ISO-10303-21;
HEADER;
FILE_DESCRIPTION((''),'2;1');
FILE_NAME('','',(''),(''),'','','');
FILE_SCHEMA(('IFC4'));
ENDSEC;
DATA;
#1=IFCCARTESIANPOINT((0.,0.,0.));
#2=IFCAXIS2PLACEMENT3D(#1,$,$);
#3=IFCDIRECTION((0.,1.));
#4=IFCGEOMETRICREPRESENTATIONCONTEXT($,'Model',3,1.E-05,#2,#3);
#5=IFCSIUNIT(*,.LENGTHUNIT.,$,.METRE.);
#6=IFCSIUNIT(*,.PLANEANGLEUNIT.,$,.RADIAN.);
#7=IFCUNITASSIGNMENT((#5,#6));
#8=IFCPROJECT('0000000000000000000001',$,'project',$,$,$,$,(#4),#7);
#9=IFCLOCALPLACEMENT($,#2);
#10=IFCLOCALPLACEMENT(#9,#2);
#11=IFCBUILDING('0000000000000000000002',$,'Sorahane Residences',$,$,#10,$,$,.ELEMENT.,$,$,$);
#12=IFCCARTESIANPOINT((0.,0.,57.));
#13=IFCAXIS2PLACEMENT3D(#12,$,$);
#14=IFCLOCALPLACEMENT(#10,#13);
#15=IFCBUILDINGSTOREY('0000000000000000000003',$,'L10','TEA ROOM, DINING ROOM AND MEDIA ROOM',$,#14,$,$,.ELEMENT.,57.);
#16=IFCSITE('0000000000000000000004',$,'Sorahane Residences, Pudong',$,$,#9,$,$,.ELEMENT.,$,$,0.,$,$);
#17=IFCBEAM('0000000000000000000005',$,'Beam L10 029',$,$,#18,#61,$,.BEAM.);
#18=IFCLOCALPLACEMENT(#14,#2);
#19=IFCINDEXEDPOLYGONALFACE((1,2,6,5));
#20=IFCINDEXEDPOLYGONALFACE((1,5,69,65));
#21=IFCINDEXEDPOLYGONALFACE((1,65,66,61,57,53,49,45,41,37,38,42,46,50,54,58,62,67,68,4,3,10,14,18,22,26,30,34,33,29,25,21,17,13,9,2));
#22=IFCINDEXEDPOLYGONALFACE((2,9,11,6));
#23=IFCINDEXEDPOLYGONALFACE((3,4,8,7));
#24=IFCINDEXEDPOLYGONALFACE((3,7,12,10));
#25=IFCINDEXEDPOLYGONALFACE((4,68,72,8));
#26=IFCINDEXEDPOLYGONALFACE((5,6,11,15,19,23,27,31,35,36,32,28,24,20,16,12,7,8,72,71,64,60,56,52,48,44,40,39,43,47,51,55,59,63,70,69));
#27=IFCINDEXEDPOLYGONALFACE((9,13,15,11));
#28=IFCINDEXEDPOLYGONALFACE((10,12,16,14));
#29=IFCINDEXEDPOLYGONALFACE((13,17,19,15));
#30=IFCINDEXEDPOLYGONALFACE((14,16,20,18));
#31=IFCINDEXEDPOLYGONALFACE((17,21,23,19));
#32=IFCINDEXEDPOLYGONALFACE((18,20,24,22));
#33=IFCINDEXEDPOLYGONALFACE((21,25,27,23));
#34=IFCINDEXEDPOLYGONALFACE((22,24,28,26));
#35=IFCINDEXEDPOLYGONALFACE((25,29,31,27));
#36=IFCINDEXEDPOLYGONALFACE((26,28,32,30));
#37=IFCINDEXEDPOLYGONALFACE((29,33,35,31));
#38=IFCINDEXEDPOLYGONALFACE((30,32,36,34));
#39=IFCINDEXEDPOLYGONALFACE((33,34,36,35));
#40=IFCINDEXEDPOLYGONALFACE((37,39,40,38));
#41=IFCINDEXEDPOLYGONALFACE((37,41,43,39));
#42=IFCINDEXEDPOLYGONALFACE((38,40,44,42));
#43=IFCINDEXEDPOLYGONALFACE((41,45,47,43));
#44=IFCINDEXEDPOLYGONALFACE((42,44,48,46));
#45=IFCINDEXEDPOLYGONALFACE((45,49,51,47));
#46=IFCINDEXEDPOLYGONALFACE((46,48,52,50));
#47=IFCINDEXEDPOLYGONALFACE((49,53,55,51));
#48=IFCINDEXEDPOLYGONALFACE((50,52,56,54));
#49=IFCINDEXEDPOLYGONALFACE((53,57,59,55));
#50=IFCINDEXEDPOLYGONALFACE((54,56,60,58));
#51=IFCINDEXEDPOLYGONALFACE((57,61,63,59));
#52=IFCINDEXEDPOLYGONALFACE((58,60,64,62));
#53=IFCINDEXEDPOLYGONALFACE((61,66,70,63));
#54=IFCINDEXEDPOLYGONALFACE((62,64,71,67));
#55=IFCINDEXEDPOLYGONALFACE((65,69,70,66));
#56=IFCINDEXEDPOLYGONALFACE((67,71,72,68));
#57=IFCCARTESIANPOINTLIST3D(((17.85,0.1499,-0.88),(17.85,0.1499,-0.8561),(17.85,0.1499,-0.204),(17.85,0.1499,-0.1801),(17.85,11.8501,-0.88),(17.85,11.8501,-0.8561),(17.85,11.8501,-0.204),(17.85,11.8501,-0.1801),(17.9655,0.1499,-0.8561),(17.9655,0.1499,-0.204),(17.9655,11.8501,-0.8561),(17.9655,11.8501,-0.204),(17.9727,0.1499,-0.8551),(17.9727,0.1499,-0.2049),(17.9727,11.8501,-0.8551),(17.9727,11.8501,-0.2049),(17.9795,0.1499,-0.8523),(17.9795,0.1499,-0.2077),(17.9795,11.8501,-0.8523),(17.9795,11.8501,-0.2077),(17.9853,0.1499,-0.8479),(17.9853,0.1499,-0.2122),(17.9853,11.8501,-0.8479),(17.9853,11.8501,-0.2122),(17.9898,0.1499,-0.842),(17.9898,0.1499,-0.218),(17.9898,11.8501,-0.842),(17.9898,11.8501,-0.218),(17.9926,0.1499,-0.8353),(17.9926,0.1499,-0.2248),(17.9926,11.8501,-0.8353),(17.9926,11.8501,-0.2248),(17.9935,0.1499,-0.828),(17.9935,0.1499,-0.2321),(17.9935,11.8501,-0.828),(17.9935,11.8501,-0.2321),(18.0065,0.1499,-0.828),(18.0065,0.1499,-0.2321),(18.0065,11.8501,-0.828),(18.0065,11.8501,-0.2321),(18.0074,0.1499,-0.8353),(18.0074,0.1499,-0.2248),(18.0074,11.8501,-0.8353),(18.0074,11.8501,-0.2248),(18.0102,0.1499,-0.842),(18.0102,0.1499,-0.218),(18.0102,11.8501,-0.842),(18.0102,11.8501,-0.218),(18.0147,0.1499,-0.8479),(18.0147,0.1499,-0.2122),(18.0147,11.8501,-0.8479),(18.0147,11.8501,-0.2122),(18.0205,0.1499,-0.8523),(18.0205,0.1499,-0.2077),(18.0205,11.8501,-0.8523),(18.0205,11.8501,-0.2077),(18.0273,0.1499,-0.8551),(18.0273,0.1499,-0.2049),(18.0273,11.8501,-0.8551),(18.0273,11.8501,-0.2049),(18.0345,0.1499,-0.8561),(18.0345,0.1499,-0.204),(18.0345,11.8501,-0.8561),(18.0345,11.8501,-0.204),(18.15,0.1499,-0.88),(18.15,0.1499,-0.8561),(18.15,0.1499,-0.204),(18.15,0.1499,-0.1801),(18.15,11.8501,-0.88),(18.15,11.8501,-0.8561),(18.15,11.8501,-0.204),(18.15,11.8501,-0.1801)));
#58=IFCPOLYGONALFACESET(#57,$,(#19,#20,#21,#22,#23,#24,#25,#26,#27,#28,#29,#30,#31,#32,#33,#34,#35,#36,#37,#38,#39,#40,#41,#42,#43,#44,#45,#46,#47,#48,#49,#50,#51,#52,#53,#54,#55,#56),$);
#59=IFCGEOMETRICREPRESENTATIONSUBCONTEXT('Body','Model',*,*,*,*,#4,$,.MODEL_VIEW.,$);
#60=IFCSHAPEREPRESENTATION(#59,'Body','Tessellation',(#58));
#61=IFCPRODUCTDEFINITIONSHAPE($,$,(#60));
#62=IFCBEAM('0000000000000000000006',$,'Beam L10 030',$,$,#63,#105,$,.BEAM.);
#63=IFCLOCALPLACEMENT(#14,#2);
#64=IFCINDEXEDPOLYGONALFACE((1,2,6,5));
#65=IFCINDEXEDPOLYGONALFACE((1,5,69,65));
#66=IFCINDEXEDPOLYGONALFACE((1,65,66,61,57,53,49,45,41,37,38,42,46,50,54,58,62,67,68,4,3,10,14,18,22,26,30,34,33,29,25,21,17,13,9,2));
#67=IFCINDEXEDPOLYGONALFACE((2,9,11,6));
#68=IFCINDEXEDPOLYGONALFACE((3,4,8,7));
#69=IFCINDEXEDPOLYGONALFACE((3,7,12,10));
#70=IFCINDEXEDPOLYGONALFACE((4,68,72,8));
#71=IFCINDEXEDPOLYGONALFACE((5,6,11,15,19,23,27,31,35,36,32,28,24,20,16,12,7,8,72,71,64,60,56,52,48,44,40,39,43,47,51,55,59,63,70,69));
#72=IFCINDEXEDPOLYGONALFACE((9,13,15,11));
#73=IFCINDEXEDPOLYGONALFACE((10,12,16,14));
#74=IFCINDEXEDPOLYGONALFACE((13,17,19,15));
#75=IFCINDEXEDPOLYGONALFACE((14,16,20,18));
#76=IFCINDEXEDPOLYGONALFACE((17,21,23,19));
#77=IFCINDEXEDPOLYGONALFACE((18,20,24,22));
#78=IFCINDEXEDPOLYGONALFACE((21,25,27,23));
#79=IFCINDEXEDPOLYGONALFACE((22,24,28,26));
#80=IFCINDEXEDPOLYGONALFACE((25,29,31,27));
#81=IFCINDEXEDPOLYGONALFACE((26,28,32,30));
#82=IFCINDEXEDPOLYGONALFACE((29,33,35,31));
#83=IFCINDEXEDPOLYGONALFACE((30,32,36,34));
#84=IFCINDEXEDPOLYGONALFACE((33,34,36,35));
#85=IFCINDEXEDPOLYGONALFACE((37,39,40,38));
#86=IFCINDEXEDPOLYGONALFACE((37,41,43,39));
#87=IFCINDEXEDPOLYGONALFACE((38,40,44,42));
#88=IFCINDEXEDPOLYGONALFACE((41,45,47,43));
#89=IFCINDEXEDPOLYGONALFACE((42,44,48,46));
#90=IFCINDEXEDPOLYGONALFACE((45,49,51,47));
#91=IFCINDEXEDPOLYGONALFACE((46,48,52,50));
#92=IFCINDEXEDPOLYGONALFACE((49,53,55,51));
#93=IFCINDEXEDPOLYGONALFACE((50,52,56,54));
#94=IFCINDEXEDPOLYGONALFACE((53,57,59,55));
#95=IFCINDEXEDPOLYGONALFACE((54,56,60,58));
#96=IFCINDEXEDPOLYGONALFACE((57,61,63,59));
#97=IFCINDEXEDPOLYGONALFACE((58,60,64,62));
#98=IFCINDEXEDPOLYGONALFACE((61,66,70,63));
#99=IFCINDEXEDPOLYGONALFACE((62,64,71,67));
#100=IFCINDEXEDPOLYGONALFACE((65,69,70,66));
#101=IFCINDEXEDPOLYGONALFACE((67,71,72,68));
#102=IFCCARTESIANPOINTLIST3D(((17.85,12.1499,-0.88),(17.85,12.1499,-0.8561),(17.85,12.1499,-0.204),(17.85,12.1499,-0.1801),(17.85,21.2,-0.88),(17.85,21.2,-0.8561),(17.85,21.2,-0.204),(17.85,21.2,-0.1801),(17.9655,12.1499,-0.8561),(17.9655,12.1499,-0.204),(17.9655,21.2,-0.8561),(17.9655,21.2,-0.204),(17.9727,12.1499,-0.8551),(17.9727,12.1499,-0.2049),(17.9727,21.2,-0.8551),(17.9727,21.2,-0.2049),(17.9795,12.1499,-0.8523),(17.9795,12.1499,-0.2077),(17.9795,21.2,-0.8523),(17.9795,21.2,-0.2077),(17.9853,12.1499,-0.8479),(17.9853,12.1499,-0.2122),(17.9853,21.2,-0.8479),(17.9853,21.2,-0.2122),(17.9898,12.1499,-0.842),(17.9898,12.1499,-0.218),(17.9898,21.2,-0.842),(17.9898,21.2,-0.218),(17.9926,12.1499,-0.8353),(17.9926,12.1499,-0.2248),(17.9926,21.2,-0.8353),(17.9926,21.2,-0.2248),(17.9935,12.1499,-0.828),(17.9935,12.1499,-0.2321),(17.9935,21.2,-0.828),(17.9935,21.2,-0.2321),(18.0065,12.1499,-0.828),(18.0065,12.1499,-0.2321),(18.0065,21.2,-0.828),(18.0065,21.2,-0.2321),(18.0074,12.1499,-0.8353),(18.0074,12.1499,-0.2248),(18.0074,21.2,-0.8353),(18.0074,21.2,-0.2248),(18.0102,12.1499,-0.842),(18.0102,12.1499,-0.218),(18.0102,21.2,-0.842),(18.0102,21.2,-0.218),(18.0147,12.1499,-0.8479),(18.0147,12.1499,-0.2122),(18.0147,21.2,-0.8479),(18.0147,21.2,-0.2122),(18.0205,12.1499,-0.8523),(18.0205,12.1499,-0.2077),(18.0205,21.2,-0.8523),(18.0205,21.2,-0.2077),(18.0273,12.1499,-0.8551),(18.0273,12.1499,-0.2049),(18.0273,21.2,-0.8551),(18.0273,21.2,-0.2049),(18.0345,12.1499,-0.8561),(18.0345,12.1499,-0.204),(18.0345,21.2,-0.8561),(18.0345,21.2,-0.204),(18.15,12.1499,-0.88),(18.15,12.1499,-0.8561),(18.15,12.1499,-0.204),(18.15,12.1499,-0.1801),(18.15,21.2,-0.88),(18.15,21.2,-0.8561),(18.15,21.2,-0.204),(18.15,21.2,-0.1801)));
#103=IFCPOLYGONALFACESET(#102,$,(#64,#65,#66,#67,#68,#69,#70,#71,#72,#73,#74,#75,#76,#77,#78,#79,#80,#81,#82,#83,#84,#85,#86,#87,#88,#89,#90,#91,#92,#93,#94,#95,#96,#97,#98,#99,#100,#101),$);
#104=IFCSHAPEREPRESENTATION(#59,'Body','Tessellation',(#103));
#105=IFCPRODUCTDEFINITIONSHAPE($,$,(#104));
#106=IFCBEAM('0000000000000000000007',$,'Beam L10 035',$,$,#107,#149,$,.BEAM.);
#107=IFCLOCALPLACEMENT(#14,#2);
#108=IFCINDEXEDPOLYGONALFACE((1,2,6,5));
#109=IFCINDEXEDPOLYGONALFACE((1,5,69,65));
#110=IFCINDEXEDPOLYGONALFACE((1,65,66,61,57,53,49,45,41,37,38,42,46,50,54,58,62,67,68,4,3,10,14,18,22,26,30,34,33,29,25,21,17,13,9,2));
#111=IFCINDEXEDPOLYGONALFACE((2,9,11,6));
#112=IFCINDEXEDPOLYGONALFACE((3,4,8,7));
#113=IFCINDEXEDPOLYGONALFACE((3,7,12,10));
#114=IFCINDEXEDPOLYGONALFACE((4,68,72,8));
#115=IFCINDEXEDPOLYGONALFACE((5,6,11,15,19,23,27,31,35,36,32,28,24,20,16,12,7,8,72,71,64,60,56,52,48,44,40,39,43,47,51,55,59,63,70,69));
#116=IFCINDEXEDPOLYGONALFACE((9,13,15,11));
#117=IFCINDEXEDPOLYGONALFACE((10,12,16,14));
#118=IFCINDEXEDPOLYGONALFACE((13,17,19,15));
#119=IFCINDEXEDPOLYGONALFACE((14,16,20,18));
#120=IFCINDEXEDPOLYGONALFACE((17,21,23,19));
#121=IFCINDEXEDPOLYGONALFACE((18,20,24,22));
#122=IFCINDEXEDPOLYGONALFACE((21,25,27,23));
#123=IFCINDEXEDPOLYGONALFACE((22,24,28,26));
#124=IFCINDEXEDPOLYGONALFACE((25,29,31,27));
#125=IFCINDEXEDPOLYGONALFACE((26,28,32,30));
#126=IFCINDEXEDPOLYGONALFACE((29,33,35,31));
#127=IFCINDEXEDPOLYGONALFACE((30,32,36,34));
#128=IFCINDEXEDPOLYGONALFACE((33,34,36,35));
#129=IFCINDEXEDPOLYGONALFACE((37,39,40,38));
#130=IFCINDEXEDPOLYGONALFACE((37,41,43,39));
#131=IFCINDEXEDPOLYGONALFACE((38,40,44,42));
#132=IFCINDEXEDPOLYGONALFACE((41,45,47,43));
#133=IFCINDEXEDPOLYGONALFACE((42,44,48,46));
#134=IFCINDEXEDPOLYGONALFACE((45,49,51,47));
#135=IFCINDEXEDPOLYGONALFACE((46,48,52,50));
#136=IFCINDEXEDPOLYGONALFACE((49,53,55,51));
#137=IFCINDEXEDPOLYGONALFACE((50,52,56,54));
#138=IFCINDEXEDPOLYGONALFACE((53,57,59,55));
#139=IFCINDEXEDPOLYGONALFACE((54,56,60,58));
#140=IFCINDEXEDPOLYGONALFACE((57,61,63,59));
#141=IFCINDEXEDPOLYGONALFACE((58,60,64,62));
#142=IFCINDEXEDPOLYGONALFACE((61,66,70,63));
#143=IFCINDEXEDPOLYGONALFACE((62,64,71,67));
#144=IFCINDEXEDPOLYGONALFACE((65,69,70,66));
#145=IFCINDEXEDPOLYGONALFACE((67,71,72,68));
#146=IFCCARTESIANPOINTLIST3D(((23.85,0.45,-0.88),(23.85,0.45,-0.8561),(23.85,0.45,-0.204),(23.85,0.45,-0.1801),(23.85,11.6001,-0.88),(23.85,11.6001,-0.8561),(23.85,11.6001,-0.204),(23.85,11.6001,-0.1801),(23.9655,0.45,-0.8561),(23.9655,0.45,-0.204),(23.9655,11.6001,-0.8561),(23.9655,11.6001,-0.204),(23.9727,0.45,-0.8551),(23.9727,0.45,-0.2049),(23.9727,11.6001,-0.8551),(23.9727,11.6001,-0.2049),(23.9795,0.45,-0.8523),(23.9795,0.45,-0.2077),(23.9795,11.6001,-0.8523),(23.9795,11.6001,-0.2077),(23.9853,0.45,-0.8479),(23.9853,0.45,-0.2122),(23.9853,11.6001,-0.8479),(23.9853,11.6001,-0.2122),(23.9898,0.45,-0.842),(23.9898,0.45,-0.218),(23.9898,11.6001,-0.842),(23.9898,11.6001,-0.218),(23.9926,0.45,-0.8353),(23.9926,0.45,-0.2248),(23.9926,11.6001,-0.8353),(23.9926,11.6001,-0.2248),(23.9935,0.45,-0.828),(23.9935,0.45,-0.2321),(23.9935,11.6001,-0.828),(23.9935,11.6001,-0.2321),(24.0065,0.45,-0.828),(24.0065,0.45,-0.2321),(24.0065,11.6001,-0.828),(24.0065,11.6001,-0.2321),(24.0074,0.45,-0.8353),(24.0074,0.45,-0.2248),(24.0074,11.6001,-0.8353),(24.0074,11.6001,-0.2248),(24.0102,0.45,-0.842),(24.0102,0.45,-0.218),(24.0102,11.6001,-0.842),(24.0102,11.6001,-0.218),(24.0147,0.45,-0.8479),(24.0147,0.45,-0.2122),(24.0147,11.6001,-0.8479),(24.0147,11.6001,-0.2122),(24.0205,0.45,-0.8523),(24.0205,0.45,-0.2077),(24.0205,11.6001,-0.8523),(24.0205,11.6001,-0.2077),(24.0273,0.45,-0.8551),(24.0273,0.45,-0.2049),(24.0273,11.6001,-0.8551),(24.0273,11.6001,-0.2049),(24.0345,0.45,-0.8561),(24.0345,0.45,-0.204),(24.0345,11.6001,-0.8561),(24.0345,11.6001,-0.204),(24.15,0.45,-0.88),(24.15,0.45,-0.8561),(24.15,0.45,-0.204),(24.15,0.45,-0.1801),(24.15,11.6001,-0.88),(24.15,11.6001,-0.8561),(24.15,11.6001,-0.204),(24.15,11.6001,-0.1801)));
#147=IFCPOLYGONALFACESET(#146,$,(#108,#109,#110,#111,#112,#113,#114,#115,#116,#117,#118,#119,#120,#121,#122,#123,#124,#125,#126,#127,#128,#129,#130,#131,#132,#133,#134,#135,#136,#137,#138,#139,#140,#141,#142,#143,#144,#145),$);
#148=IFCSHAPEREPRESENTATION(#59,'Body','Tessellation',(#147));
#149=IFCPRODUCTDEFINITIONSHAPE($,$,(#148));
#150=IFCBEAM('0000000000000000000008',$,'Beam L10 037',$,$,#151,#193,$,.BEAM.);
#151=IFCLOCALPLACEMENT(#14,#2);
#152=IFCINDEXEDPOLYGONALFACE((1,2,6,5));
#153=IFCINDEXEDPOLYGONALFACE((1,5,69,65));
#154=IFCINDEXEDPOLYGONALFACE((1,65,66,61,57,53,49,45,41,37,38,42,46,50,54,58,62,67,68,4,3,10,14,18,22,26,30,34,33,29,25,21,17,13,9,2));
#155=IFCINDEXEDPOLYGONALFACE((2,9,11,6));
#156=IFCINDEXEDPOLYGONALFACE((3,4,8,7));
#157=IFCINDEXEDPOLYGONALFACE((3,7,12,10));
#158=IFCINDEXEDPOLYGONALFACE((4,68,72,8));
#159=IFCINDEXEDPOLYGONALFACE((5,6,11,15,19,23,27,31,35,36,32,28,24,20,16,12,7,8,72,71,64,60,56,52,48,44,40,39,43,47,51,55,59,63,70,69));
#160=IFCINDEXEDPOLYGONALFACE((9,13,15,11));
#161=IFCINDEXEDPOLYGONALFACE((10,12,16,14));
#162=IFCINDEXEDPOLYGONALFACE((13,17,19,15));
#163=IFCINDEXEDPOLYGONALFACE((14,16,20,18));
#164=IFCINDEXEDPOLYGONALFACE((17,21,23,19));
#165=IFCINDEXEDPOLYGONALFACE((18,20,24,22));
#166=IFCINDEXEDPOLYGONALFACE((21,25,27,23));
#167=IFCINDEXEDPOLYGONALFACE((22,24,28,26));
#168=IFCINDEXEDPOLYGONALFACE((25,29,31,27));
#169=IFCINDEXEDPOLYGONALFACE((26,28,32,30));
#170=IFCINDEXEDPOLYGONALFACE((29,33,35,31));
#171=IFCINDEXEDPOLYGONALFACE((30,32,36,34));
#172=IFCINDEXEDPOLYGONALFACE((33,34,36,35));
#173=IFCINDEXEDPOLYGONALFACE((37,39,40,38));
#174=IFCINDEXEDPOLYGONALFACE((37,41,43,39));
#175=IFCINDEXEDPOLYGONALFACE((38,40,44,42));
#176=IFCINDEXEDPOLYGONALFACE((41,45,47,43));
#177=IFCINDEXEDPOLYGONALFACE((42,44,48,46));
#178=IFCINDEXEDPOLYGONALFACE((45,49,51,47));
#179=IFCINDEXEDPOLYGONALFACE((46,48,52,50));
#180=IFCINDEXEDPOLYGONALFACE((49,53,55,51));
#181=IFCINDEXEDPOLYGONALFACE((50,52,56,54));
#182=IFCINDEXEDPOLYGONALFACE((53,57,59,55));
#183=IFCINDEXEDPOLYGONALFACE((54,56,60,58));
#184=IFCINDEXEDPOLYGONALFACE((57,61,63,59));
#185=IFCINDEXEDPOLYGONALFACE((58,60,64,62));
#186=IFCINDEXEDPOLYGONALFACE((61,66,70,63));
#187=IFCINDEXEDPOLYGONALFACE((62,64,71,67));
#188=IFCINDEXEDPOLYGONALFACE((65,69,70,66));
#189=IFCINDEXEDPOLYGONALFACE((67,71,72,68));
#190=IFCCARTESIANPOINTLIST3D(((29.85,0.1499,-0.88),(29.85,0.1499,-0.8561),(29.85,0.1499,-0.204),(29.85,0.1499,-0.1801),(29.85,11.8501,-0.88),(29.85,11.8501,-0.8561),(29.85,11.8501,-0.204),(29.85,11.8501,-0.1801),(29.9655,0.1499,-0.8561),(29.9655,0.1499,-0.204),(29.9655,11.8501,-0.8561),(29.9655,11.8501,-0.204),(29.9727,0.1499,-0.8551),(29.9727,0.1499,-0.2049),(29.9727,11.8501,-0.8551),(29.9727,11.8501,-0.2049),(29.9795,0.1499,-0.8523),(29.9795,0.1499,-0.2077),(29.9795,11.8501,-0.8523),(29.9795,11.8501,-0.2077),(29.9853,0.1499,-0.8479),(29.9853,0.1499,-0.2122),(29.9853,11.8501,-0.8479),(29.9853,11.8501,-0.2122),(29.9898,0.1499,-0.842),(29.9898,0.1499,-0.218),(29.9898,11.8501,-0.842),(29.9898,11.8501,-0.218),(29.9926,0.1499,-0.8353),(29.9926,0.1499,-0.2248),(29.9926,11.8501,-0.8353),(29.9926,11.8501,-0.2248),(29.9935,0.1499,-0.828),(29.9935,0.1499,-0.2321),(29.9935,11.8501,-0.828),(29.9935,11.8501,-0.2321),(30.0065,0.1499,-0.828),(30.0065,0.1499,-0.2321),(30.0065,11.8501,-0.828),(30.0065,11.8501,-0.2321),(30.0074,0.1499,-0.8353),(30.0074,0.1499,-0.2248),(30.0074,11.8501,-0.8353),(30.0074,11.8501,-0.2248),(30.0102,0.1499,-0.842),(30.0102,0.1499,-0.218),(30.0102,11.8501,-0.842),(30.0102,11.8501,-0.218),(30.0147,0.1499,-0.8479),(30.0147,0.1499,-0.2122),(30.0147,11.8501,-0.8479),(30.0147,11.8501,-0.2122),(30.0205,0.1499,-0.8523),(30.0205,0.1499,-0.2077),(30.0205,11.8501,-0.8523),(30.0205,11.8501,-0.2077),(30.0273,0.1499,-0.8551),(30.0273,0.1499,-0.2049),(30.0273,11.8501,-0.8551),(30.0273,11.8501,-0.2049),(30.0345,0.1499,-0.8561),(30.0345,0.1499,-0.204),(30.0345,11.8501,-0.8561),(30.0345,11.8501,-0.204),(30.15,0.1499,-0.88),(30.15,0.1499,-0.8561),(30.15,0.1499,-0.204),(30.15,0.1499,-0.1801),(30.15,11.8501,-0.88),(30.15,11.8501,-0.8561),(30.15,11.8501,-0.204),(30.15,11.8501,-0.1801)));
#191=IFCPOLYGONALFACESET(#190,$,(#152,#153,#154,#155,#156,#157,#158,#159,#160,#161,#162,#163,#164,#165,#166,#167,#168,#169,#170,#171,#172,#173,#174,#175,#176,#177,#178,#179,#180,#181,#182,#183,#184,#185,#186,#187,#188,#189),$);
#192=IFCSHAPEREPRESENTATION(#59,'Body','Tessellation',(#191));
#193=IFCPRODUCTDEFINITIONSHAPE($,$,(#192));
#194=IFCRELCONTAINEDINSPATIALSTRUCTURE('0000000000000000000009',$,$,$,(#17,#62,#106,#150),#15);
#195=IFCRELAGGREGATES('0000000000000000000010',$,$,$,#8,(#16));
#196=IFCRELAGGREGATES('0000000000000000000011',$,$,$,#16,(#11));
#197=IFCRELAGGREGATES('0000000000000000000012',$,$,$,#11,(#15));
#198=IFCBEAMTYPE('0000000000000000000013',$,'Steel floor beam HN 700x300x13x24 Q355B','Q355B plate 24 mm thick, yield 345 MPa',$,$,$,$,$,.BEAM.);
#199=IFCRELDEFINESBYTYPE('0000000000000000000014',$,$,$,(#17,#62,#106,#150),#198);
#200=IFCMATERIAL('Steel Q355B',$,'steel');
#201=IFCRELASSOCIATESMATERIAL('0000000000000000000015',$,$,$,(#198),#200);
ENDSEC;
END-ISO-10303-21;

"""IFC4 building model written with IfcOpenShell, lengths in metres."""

from ifc_helpers import new_model, si_unit, direction, frame, origin, origin_2d, place, context, subcontext, project, spatial, i_section, extrude, material, material_profile, profile_set, type_object, element, save


model = new_model("IFC4")

# Units and contexts
model_context = context("Model", 3, precision=1e-05, world=origin(), true_north=direction((0.0, 1.0)))
body_context = subcontext(model_context, "Body", "Model", "MODEL_VIEW")
ifc_project = project(units=[si_unit("LENGTHUNIT", "METRE"), si_unit("PLANEANGLEUNIT", "RADIAN")], contexts=[model_context])

# Site, building, storey
site_placement = place(None, origin())
site = spatial("IfcSite", under=ifc_project, at=site_placement, Name="Sorahane Residences, Pudong", CompositionType="ELEMENT", RefElevation=0.0)
building_placement = place(site_placement, origin())
building = spatial("IfcBuilding", under=site, at=building_placement, Name="Sorahane Residences", CompositionType="ELEMENT")
storey_placement = place(building_placement, frame((0.0, 0.0, 57.0)))
storey = spatial("IfcBuildingStorey", under=building, at=storey_placement, Name="L10", Description="TEA ROOM, DINING ROOM AND MEDIA ROOM", CompositionType="ELEMENT", Elevation=57.0)

# Beams
ifc_material_1 = material(Name="Steel Q355B", Category="steel")
ifc_material_profile_1 = material_profile(ifc_material_1, i_section(OverallWidth=0.3, OverallDepth=0.7, WebThickness=0.0129, FlangeThickness=0.0239, FilletRadius=0.0281, at=origin_2d()), Name="HN 700x300x13x24")
ifc_profile_set_1 = profile_set([ifc_material_profile_1], Name="Steel Q355B")
beam_type_1 = type_object("IfcBeamType", Name="Steel floor beam HN 700x300x13x24 Q355B", Description="Q355B plate 24 mm thick, yield 345 MPa", PredefinedType="BEAM", material=ifc_profile_set_1)
beam_1_placement = place(storey_placement, frame((18.0, 0.1499, -0.53), z_axis=(0.0, 1.0, 0.0), x_axis=(-1.0, 0.0, 0.0)))
element("IfcBeam", 1, at=beam_1_placement, inside=storey, type_object=beam_type_1, Name="Beam L10 029", PredefinedType="BEAM", context=body_context, shape_type="SweptSolid", body=[
    extrude(i_section(OverallWidth=0.3, OverallDepth=0.7, WebThickness=0.0129, FlangeThickness=0.0239, FilletRadius=0.0281, at=origin_2d()), origin(), (0.0, 0.0, 1.0), 11.7002),
])
beam_2_placement = place(storey_placement, frame((18.0, 12.1499, -0.53), z_axis=(0.0, 1.0, 0.0), x_axis=(-1.0, 0.0, 0.0)))
element("IfcBeam", 2, at=beam_2_placement, inside=storey, type_object=beam_type_1, Name="Beam L10 030", PredefinedType="BEAM", context=body_context, shape_type="SweptSolid", body=[
    extrude(i_section(OverallWidth=0.3, OverallDepth=0.7, WebThickness=0.0129, FlangeThickness=0.0239, FilletRadius=0.0281, at=origin_2d()), origin(), (0.0, 0.0, 1.0), 9.05),
])
beam_3_placement = place(storey_placement, frame((24.0, 0.45, -0.53), z_axis=(0.0, 1.0, 0.0), x_axis=(-1.0, 0.0, 0.0)))
element("IfcBeam", 3, at=beam_3_placement, inside=storey, type_object=beam_type_1, Name="Beam L10 035", PredefinedType="BEAM", context=body_context, shape_type="SweptSolid", body=[
    extrude(i_section(OverallWidth=0.3, OverallDepth=0.7, WebThickness=0.0129, FlangeThickness=0.0239, FilletRadius=0.0281, at=origin_2d()), origin(), (0.0, 0.0, 1.0), 11.1501),
])
beam_4_placement = place(storey_placement, frame((30.0, 0.1499, -0.53), z_axis=(0.0, 1.0, 0.0), x_axis=(-1.0, 0.0, 0.0)))
element("IfcBeam", 4, at=beam_4_placement, inside=storey, type_object=beam_type_1, Name="Beam L10 037", PredefinedType="BEAM", context=body_context, shape_type="SweptSolid", body=[
    extrude(i_section(OverallWidth=0.3, OverallDepth=0.7, WebThickness=0.0129, FlangeThickness=0.0239, FilletRadius=0.0281, at=origin_2d()), origin(), (0.0, 0.0, 1.0), 11.7002),
])

save(model, "model.ifc")
